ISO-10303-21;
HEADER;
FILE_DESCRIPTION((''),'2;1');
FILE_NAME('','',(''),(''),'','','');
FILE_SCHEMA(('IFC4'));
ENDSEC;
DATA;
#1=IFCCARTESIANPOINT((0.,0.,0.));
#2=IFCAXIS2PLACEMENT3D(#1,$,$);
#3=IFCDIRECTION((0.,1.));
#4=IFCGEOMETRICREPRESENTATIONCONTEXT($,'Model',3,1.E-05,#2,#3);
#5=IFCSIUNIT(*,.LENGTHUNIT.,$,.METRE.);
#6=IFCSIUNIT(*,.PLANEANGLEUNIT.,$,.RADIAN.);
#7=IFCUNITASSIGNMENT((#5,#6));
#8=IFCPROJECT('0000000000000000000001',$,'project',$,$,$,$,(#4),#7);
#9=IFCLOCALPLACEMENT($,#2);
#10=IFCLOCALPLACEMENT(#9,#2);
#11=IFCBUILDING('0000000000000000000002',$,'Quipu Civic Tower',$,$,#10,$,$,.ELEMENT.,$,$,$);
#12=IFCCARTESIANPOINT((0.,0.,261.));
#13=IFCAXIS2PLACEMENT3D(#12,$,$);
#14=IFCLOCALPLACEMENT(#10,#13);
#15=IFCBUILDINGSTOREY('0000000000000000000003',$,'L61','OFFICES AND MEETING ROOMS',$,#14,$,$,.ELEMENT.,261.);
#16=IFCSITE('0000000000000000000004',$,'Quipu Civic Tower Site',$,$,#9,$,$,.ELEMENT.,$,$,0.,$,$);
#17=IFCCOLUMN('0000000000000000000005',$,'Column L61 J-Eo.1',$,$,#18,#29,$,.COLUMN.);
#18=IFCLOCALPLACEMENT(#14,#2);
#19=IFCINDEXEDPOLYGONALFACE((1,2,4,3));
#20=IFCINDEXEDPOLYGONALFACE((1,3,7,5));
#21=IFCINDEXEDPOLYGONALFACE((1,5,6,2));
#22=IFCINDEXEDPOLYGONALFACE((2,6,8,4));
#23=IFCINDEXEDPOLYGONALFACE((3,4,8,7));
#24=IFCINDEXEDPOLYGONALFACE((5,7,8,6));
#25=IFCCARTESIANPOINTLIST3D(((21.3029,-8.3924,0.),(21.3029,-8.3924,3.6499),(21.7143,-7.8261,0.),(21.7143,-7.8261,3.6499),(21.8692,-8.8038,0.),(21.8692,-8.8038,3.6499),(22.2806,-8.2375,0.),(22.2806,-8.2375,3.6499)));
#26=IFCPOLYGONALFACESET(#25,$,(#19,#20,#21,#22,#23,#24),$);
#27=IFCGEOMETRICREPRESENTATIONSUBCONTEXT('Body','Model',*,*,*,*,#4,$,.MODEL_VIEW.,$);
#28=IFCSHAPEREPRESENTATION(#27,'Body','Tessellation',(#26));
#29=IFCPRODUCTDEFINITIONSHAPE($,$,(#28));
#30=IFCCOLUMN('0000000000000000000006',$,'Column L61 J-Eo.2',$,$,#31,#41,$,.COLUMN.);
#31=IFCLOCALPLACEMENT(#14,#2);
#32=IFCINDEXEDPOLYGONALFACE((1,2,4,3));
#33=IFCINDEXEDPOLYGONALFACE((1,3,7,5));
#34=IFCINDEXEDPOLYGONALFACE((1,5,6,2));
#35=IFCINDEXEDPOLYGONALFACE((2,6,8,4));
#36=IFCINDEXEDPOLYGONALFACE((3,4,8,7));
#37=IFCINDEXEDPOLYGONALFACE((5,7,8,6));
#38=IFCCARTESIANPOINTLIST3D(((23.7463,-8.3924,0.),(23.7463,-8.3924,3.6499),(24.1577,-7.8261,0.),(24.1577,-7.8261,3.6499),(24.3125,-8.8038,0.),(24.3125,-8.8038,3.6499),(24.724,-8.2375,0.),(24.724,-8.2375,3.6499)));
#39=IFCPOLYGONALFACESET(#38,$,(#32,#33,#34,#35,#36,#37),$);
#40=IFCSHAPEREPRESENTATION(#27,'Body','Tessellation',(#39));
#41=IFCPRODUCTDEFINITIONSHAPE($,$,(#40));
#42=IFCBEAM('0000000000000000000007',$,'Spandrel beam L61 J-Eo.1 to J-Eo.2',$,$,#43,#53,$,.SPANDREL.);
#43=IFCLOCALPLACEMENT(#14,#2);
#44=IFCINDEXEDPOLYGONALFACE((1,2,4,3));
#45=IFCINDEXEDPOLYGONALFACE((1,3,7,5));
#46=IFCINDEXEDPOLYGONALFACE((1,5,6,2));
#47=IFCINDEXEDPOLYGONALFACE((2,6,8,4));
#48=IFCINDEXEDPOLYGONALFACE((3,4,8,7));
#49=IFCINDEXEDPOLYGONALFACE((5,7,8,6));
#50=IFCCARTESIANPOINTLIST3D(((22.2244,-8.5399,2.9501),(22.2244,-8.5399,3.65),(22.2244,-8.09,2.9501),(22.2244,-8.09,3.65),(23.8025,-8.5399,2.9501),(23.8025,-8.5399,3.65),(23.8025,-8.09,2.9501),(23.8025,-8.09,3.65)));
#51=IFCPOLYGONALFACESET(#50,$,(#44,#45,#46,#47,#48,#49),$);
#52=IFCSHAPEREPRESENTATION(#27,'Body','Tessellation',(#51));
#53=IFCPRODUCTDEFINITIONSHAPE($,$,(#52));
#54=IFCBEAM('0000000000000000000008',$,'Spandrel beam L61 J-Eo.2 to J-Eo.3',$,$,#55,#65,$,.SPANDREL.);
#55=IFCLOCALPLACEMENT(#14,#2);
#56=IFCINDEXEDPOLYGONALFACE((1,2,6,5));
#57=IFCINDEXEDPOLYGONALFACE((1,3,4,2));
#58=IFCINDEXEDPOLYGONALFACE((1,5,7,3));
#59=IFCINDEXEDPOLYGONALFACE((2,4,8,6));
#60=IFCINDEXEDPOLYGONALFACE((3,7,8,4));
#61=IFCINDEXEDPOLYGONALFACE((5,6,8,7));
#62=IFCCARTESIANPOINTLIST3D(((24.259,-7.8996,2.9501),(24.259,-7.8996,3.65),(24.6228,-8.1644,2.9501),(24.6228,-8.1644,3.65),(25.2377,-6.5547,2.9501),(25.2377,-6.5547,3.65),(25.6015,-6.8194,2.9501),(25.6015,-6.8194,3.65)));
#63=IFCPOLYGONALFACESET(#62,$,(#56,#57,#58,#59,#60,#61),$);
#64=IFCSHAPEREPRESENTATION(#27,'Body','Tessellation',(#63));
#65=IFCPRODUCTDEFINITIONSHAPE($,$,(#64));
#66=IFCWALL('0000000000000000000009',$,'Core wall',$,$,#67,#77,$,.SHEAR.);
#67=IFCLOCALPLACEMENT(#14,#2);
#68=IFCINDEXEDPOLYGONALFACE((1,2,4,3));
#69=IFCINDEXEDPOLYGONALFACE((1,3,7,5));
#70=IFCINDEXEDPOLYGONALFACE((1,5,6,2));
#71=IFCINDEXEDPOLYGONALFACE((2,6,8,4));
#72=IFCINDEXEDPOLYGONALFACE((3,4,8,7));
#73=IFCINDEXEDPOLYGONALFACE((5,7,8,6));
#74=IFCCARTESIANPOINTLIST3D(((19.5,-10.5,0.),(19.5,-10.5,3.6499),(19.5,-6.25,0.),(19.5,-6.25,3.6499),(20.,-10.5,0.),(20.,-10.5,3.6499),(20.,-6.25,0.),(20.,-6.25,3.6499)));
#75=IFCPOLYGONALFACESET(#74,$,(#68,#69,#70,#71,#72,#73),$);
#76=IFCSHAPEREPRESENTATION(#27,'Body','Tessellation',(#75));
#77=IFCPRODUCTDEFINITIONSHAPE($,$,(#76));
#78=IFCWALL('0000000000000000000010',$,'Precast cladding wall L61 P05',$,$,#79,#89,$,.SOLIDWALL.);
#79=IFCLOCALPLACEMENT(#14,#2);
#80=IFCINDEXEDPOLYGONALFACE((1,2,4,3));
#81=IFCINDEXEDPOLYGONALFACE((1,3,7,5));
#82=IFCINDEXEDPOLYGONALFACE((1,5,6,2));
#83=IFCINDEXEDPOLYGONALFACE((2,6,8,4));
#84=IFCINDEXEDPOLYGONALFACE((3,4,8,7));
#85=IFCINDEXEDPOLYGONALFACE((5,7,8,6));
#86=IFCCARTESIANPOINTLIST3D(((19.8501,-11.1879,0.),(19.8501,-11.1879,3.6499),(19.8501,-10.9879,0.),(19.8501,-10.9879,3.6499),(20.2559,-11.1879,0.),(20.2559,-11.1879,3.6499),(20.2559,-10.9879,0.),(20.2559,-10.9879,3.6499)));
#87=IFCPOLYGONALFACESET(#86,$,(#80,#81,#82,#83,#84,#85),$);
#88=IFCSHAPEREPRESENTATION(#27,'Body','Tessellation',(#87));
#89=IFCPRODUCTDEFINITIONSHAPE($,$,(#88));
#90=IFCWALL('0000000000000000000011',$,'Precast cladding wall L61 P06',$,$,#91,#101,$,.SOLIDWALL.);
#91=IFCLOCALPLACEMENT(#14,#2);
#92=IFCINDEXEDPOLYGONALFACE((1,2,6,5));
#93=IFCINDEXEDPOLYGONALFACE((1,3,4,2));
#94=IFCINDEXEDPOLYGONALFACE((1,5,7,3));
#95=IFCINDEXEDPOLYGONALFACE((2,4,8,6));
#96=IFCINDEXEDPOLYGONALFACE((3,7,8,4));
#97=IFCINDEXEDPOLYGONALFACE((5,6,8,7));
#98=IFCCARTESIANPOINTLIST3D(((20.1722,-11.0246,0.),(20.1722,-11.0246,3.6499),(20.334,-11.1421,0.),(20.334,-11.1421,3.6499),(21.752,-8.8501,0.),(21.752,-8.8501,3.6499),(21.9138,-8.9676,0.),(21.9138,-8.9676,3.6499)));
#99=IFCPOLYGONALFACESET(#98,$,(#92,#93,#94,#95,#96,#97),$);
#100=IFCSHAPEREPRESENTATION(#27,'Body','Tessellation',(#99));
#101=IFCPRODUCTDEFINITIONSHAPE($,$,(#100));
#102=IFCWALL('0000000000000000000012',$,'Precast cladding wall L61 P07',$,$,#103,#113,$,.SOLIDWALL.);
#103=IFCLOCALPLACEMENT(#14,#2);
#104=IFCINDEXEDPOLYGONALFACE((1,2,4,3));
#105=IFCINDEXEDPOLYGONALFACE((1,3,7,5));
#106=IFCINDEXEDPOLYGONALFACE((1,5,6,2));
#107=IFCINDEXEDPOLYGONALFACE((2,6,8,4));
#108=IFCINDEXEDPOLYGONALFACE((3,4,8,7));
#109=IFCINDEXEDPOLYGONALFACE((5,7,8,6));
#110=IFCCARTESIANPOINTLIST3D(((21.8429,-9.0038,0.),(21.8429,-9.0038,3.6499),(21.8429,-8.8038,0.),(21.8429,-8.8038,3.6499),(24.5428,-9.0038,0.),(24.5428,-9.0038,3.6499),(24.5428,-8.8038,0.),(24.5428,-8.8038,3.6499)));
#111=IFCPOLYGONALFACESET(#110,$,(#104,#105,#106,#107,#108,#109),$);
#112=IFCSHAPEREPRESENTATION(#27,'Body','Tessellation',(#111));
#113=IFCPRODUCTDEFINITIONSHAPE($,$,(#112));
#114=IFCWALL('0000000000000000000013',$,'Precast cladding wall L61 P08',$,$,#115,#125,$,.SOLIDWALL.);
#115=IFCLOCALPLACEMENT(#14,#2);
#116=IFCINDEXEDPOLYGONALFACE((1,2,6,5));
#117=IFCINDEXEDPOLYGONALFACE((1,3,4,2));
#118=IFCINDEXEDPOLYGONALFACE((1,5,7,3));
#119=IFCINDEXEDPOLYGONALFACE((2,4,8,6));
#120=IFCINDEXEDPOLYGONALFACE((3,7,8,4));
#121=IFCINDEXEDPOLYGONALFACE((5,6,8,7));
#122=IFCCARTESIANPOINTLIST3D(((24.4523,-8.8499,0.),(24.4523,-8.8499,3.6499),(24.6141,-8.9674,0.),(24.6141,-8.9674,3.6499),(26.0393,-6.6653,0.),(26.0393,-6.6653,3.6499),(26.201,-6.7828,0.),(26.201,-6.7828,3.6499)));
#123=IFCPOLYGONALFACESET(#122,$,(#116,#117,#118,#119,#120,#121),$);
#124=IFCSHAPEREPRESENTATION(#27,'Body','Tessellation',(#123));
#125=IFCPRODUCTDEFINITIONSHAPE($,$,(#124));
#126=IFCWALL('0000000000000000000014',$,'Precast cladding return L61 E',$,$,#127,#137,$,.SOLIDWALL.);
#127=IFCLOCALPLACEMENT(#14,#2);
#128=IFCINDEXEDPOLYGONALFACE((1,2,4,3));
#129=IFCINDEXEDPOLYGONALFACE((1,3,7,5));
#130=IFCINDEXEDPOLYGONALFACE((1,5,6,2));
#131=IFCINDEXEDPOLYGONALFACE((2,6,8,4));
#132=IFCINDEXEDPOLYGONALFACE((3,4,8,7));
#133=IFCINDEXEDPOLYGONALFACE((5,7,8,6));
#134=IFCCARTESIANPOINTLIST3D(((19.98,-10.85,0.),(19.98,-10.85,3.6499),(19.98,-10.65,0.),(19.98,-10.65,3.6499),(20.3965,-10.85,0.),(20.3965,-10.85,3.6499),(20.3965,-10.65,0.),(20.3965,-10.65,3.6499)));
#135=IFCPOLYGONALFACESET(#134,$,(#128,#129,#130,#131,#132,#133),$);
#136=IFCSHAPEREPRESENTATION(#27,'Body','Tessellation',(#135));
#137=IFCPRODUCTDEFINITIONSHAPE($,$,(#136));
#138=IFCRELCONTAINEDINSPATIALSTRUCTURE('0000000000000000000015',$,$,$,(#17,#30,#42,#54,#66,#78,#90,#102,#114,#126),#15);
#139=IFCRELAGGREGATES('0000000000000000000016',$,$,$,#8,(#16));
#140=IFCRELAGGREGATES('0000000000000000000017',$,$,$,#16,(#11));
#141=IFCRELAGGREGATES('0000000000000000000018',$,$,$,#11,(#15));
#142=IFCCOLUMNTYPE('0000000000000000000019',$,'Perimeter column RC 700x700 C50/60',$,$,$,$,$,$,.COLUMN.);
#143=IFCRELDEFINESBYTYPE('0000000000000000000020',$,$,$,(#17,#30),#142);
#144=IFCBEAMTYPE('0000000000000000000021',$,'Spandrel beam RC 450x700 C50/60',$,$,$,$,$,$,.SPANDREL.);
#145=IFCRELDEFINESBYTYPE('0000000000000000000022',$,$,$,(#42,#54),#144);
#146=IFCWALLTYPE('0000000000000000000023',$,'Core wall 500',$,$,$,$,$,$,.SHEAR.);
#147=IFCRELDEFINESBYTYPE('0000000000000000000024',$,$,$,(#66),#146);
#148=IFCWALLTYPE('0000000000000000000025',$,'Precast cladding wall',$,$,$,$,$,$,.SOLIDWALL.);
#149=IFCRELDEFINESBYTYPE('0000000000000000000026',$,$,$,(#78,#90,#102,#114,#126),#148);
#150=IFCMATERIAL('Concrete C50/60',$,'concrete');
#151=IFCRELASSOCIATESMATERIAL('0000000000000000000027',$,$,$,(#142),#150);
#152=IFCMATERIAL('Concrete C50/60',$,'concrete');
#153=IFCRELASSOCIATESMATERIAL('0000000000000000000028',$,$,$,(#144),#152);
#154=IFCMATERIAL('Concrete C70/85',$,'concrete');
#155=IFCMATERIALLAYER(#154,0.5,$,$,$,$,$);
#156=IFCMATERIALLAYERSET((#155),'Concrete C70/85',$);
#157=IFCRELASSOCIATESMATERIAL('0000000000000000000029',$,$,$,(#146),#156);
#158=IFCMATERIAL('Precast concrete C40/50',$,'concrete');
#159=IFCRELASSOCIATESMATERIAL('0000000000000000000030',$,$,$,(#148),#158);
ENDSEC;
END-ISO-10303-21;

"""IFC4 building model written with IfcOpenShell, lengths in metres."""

from ifc_helpers import new_model, si_unit, direction, frame, frame_2d, origin, origin_2d, place, context, subcontext, project, spatial, rectangle, extrude, material, layer, layer_set, material_profile, profile_set, type_object, element, save


model = new_model("IFC4")

# Units and contexts
model_context = context("Model", 3, precision=1e-05, world=origin(), true_north=direction((0.0, 1.0)))
body_context = subcontext(model_context, "Body", "Model", "MODEL_VIEW")
ifc_project = project(units=[si_unit("LENGTHUNIT", "METRE"), si_unit("PLANEANGLEUNIT", "RADIAN")], contexts=[model_context])

# Site, building, storey
site_placement = place(None, origin())
site = spatial("IfcSite", under=ifc_project, at=site_placement, Name="Quipu Civic Tower Site", CompositionType="ELEMENT", RefElevation=0.0)
building_placement = place(site_placement, origin())
building = spatial("IfcBuilding", under=site, at=building_placement, Name="Quipu Civic Tower", CompositionType="ELEMENT")
storey_placement = place(building_placement, frame((0.0, 0.0, 261.0)))
storey = spatial("IfcBuildingStorey", under=building, at=storey_placement, Name="L61", Description="OFFICES AND MEETING ROOMS", CompositionType="ELEMENT", Elevation=261.0)

# Columns
ifc_material_1 = material(Name="Concrete C50/60", Category="concrete")
ifc_material_profile_1 = material_profile(ifc_material_1, rectangle(XDim=0.7, YDim=0.7, at=origin_2d()), Name="RC700x700")
ifc_profile_set_1 = profile_set([ifc_material_profile_1], Name="Concrete C50/60")
column_type = type_object("IfcColumnType", Name="Perimeter column RC 700x700 C50/60", PredefinedType="COLUMN", material=ifc_profile_set_1)
for number, where, z_axis, x_axis, name in (
    (1, (21.7917, -8.3149, 0.0), (0.0, 0.0, 1.0), (0.587785, 0.809017, 0.0), "Column L61 J-Eo.1"),
    (2, (24.2351, -8.3149, 0.0), (0.0, 0.0, 1.0), (0.587785, 0.809017, 0.0), "Column L61 J-Eo.2"),
):
    element("IfcColumn", number, at=place(storey_placement, frame(where, z_axis=z_axis, x_axis=x_axis)), inside=storey, type_object=column_type, Name=name, PredefinedType="COLUMN", context=body_context, shape_type="SweptSolid", body=[
        extrude(rectangle(XDim=0.7, YDim=0.7, at=origin_2d()), origin(), (0.0, 0.0, 1.0), 3.6499),
    ])

# Beams
ifc_material_2 = material(Name="Concrete C50/60", Category="concrete")
ifc_material_profile_2 = material_profile(ifc_material_2, rectangle(XDim=0.45, YDim=0.7, at=origin_2d()), Name="RC450x700")
ifc_profile_set_2 = profile_set([ifc_material_profile_2], Name="Concrete C50/60")
beam_type = type_object("IfcBeamType", Name="Spandrel beam RC 450x700 C50/60", PredefinedType="SPANDREL", material=ifc_profile_set_2)
beam_1_placement = place(storey_placement, frame((22.2244, -8.3149, 3.3), z_axis=(1.0, 0.0, 0.0), x_axis=(0.0, 1.0, 0.0)))
element("IfcBeam", 3, at=beam_1_placement, inside=storey, type_object=beam_type, Name="Spandrel beam L61 J-Eo.1 to J-Eo.2", PredefinedType="SPANDREL", context=body_context, shape_type="SweptSolid", body=[
    extrude(rectangle(XDim=0.45, YDim=0.7, at=origin_2d()), origin(), (0.0, 0.0, 1.0), 1.5781),
])
beam_2_placement = place(storey_placement, frame((24.4409, -8.032, 3.3), z_axis=(0.588407, 0.808565, 0.0), x_axis=(-0.808565, 0.588407, 0.0)))
element("IfcBeam", 4, at=beam_2_placement, inside=storey, type_object=beam_type, Name="Spandrel beam L61 J-Eo.2 to J-Eo.3", PredefinedType="SPANDREL", context=body_context, shape_type="SweptSolid", body=[
    extrude(rectangle(XDim=0.45, YDim=0.7, at=origin_2d()), origin(), (0.0, 0.0, 1.0), 1.6633),
])

# Walls
ifc_material_3 = material(Name="Concrete C70/85", Category="concrete")
ifc_layer = layer(ifc_material_3, 0.5)
ifc_layer_set = layer_set([ifc_layer], Name="Concrete C70/85")
wall_type_1 = type_object("IfcWallType", Name="Core wall 500", PredefinedType="SHEAR", material=ifc_layer_set)
wall_1_placement = place(storey_placement, frame((19.75, -10.5, 0.0), z_axis=(0.0, 0.0, 1.0), x_axis=(0.0, 1.0, 0.0)))
element("IfcWall", 5, at=wall_1_placement, inside=storey, type_object=wall_type_1, Name="Core wall", PredefinedType="SHEAR", context=body_context, shape_type="SweptSolid", body=[
    extrude(rectangle(XDim=4.25, YDim=0.5, at=frame_2d((2.125, 0.0))), origin(), (0.0, 0.0, 1.0), 3.6499),
])
ifc_material_4 = material(Name="Precast concrete C40/50", Category="concrete")
wall_type_2 = type_object("IfcWallType", Name="Precast cladding wall", PredefinedType="SOLIDWALL", material=ifc_material_4)
wall_2_placement = place(storey_placement, frame((19.8501, -11.0879, 0.0), z_axis=(0.0, 0.0, 1.0), x_axis=(1.0, 0.0, 0.0)))
element("IfcWall", 6, at=wall_2_placement, inside=storey, type_object=wall_type_2, Name="Precast cladding wall L61 P05", PredefinedType="SOLIDWALL", context=body_context, shape_type="SweptSolid", body=[
    extrude(rectangle(XDim=0.4058, YDim=0.2, at=frame_2d((0.2029, 0.0))), origin(), (0.0, 0.0, 1.0), 3.6499),
])
wall_3_placement = place(storey_placement, frame((20.2532, -11.0833, 0.0), z_axis=(0.0, 0.0, 1.0), x_axis=(0.587767, 0.809031, 0.0)))
element("IfcWall", 7, at=wall_3_placement, inside=storey, type_object=wall_type_2, Name="Precast cladding wall L61 P06", PredefinedType="SOLIDWALL", context=body_context, shape_type="SweptSolid", body=[
    extrude(rectangle(XDim=2.6877, YDim=0.2, at=frame_2d((1.3438, 0.0))), origin(), (0.0, 0.0, 1.0), 3.6499),
])
wall_4_placement = place(storey_placement, frame((21.8428, -8.9038, 0.0), z_axis=(0.0, 0.0, 1.0), x_axis=(1.0, 0.0, 0.0)))
element("IfcWall", 8, at=wall_4_placement, inside=storey, type_object=wall_type_2, Name="Precast cladding wall L61 P07", PredefinedType="SOLIDWALL", context=body_context, shape_type="SweptSolid", body=[
    extrude(rectangle(XDim=2.7, YDim=0.2, at=frame_2d((1.3501, 0.0))), origin(), (0.0, 0.0, 1.0), 3.6499),
])
wall_5_placement = place(storey_placement, frame((24.5332, -8.9087, 0.0), z_axis=(0.0, 0.0, 1.0), x_axis=(0.58772, 0.809064, 0.0)))
element("IfcWall", 9, at=wall_5_placement, inside=storey, type_object=wall_type_2, Name="Precast cladding wall L61 P08", PredefinedType="SOLIDWALL", context=body_context, shape_type="SweptSolid", body=[
    extrude(rectangle(XDim=2.7002, YDim=0.2, at=frame_2d((1.3501, 0.0))), origin(), (0.0, 0.0, 1.0), 3.6499),
])
wall_6_placement = place(storey_placement, frame((19.98, -10.75, 0.0), z_axis=(0.0, 0.0, 1.0), x_axis=(1.0, 0.0, 0.0)))
element("IfcWall", 10, at=wall_6_placement, inside=storey, type_object=wall_type_2, Name="Precast cladding return L61 E", PredefinedType="SOLIDWALL", context=body_context, shape_type="SweptSolid", body=[
    extrude(rectangle(XDim=0.4165, YDim=0.2, at=frame_2d((0.2083, 0.0))), origin(), (0.0, 0.0, 1.0), 3.6499),
])

save(model, "model.ifc")
